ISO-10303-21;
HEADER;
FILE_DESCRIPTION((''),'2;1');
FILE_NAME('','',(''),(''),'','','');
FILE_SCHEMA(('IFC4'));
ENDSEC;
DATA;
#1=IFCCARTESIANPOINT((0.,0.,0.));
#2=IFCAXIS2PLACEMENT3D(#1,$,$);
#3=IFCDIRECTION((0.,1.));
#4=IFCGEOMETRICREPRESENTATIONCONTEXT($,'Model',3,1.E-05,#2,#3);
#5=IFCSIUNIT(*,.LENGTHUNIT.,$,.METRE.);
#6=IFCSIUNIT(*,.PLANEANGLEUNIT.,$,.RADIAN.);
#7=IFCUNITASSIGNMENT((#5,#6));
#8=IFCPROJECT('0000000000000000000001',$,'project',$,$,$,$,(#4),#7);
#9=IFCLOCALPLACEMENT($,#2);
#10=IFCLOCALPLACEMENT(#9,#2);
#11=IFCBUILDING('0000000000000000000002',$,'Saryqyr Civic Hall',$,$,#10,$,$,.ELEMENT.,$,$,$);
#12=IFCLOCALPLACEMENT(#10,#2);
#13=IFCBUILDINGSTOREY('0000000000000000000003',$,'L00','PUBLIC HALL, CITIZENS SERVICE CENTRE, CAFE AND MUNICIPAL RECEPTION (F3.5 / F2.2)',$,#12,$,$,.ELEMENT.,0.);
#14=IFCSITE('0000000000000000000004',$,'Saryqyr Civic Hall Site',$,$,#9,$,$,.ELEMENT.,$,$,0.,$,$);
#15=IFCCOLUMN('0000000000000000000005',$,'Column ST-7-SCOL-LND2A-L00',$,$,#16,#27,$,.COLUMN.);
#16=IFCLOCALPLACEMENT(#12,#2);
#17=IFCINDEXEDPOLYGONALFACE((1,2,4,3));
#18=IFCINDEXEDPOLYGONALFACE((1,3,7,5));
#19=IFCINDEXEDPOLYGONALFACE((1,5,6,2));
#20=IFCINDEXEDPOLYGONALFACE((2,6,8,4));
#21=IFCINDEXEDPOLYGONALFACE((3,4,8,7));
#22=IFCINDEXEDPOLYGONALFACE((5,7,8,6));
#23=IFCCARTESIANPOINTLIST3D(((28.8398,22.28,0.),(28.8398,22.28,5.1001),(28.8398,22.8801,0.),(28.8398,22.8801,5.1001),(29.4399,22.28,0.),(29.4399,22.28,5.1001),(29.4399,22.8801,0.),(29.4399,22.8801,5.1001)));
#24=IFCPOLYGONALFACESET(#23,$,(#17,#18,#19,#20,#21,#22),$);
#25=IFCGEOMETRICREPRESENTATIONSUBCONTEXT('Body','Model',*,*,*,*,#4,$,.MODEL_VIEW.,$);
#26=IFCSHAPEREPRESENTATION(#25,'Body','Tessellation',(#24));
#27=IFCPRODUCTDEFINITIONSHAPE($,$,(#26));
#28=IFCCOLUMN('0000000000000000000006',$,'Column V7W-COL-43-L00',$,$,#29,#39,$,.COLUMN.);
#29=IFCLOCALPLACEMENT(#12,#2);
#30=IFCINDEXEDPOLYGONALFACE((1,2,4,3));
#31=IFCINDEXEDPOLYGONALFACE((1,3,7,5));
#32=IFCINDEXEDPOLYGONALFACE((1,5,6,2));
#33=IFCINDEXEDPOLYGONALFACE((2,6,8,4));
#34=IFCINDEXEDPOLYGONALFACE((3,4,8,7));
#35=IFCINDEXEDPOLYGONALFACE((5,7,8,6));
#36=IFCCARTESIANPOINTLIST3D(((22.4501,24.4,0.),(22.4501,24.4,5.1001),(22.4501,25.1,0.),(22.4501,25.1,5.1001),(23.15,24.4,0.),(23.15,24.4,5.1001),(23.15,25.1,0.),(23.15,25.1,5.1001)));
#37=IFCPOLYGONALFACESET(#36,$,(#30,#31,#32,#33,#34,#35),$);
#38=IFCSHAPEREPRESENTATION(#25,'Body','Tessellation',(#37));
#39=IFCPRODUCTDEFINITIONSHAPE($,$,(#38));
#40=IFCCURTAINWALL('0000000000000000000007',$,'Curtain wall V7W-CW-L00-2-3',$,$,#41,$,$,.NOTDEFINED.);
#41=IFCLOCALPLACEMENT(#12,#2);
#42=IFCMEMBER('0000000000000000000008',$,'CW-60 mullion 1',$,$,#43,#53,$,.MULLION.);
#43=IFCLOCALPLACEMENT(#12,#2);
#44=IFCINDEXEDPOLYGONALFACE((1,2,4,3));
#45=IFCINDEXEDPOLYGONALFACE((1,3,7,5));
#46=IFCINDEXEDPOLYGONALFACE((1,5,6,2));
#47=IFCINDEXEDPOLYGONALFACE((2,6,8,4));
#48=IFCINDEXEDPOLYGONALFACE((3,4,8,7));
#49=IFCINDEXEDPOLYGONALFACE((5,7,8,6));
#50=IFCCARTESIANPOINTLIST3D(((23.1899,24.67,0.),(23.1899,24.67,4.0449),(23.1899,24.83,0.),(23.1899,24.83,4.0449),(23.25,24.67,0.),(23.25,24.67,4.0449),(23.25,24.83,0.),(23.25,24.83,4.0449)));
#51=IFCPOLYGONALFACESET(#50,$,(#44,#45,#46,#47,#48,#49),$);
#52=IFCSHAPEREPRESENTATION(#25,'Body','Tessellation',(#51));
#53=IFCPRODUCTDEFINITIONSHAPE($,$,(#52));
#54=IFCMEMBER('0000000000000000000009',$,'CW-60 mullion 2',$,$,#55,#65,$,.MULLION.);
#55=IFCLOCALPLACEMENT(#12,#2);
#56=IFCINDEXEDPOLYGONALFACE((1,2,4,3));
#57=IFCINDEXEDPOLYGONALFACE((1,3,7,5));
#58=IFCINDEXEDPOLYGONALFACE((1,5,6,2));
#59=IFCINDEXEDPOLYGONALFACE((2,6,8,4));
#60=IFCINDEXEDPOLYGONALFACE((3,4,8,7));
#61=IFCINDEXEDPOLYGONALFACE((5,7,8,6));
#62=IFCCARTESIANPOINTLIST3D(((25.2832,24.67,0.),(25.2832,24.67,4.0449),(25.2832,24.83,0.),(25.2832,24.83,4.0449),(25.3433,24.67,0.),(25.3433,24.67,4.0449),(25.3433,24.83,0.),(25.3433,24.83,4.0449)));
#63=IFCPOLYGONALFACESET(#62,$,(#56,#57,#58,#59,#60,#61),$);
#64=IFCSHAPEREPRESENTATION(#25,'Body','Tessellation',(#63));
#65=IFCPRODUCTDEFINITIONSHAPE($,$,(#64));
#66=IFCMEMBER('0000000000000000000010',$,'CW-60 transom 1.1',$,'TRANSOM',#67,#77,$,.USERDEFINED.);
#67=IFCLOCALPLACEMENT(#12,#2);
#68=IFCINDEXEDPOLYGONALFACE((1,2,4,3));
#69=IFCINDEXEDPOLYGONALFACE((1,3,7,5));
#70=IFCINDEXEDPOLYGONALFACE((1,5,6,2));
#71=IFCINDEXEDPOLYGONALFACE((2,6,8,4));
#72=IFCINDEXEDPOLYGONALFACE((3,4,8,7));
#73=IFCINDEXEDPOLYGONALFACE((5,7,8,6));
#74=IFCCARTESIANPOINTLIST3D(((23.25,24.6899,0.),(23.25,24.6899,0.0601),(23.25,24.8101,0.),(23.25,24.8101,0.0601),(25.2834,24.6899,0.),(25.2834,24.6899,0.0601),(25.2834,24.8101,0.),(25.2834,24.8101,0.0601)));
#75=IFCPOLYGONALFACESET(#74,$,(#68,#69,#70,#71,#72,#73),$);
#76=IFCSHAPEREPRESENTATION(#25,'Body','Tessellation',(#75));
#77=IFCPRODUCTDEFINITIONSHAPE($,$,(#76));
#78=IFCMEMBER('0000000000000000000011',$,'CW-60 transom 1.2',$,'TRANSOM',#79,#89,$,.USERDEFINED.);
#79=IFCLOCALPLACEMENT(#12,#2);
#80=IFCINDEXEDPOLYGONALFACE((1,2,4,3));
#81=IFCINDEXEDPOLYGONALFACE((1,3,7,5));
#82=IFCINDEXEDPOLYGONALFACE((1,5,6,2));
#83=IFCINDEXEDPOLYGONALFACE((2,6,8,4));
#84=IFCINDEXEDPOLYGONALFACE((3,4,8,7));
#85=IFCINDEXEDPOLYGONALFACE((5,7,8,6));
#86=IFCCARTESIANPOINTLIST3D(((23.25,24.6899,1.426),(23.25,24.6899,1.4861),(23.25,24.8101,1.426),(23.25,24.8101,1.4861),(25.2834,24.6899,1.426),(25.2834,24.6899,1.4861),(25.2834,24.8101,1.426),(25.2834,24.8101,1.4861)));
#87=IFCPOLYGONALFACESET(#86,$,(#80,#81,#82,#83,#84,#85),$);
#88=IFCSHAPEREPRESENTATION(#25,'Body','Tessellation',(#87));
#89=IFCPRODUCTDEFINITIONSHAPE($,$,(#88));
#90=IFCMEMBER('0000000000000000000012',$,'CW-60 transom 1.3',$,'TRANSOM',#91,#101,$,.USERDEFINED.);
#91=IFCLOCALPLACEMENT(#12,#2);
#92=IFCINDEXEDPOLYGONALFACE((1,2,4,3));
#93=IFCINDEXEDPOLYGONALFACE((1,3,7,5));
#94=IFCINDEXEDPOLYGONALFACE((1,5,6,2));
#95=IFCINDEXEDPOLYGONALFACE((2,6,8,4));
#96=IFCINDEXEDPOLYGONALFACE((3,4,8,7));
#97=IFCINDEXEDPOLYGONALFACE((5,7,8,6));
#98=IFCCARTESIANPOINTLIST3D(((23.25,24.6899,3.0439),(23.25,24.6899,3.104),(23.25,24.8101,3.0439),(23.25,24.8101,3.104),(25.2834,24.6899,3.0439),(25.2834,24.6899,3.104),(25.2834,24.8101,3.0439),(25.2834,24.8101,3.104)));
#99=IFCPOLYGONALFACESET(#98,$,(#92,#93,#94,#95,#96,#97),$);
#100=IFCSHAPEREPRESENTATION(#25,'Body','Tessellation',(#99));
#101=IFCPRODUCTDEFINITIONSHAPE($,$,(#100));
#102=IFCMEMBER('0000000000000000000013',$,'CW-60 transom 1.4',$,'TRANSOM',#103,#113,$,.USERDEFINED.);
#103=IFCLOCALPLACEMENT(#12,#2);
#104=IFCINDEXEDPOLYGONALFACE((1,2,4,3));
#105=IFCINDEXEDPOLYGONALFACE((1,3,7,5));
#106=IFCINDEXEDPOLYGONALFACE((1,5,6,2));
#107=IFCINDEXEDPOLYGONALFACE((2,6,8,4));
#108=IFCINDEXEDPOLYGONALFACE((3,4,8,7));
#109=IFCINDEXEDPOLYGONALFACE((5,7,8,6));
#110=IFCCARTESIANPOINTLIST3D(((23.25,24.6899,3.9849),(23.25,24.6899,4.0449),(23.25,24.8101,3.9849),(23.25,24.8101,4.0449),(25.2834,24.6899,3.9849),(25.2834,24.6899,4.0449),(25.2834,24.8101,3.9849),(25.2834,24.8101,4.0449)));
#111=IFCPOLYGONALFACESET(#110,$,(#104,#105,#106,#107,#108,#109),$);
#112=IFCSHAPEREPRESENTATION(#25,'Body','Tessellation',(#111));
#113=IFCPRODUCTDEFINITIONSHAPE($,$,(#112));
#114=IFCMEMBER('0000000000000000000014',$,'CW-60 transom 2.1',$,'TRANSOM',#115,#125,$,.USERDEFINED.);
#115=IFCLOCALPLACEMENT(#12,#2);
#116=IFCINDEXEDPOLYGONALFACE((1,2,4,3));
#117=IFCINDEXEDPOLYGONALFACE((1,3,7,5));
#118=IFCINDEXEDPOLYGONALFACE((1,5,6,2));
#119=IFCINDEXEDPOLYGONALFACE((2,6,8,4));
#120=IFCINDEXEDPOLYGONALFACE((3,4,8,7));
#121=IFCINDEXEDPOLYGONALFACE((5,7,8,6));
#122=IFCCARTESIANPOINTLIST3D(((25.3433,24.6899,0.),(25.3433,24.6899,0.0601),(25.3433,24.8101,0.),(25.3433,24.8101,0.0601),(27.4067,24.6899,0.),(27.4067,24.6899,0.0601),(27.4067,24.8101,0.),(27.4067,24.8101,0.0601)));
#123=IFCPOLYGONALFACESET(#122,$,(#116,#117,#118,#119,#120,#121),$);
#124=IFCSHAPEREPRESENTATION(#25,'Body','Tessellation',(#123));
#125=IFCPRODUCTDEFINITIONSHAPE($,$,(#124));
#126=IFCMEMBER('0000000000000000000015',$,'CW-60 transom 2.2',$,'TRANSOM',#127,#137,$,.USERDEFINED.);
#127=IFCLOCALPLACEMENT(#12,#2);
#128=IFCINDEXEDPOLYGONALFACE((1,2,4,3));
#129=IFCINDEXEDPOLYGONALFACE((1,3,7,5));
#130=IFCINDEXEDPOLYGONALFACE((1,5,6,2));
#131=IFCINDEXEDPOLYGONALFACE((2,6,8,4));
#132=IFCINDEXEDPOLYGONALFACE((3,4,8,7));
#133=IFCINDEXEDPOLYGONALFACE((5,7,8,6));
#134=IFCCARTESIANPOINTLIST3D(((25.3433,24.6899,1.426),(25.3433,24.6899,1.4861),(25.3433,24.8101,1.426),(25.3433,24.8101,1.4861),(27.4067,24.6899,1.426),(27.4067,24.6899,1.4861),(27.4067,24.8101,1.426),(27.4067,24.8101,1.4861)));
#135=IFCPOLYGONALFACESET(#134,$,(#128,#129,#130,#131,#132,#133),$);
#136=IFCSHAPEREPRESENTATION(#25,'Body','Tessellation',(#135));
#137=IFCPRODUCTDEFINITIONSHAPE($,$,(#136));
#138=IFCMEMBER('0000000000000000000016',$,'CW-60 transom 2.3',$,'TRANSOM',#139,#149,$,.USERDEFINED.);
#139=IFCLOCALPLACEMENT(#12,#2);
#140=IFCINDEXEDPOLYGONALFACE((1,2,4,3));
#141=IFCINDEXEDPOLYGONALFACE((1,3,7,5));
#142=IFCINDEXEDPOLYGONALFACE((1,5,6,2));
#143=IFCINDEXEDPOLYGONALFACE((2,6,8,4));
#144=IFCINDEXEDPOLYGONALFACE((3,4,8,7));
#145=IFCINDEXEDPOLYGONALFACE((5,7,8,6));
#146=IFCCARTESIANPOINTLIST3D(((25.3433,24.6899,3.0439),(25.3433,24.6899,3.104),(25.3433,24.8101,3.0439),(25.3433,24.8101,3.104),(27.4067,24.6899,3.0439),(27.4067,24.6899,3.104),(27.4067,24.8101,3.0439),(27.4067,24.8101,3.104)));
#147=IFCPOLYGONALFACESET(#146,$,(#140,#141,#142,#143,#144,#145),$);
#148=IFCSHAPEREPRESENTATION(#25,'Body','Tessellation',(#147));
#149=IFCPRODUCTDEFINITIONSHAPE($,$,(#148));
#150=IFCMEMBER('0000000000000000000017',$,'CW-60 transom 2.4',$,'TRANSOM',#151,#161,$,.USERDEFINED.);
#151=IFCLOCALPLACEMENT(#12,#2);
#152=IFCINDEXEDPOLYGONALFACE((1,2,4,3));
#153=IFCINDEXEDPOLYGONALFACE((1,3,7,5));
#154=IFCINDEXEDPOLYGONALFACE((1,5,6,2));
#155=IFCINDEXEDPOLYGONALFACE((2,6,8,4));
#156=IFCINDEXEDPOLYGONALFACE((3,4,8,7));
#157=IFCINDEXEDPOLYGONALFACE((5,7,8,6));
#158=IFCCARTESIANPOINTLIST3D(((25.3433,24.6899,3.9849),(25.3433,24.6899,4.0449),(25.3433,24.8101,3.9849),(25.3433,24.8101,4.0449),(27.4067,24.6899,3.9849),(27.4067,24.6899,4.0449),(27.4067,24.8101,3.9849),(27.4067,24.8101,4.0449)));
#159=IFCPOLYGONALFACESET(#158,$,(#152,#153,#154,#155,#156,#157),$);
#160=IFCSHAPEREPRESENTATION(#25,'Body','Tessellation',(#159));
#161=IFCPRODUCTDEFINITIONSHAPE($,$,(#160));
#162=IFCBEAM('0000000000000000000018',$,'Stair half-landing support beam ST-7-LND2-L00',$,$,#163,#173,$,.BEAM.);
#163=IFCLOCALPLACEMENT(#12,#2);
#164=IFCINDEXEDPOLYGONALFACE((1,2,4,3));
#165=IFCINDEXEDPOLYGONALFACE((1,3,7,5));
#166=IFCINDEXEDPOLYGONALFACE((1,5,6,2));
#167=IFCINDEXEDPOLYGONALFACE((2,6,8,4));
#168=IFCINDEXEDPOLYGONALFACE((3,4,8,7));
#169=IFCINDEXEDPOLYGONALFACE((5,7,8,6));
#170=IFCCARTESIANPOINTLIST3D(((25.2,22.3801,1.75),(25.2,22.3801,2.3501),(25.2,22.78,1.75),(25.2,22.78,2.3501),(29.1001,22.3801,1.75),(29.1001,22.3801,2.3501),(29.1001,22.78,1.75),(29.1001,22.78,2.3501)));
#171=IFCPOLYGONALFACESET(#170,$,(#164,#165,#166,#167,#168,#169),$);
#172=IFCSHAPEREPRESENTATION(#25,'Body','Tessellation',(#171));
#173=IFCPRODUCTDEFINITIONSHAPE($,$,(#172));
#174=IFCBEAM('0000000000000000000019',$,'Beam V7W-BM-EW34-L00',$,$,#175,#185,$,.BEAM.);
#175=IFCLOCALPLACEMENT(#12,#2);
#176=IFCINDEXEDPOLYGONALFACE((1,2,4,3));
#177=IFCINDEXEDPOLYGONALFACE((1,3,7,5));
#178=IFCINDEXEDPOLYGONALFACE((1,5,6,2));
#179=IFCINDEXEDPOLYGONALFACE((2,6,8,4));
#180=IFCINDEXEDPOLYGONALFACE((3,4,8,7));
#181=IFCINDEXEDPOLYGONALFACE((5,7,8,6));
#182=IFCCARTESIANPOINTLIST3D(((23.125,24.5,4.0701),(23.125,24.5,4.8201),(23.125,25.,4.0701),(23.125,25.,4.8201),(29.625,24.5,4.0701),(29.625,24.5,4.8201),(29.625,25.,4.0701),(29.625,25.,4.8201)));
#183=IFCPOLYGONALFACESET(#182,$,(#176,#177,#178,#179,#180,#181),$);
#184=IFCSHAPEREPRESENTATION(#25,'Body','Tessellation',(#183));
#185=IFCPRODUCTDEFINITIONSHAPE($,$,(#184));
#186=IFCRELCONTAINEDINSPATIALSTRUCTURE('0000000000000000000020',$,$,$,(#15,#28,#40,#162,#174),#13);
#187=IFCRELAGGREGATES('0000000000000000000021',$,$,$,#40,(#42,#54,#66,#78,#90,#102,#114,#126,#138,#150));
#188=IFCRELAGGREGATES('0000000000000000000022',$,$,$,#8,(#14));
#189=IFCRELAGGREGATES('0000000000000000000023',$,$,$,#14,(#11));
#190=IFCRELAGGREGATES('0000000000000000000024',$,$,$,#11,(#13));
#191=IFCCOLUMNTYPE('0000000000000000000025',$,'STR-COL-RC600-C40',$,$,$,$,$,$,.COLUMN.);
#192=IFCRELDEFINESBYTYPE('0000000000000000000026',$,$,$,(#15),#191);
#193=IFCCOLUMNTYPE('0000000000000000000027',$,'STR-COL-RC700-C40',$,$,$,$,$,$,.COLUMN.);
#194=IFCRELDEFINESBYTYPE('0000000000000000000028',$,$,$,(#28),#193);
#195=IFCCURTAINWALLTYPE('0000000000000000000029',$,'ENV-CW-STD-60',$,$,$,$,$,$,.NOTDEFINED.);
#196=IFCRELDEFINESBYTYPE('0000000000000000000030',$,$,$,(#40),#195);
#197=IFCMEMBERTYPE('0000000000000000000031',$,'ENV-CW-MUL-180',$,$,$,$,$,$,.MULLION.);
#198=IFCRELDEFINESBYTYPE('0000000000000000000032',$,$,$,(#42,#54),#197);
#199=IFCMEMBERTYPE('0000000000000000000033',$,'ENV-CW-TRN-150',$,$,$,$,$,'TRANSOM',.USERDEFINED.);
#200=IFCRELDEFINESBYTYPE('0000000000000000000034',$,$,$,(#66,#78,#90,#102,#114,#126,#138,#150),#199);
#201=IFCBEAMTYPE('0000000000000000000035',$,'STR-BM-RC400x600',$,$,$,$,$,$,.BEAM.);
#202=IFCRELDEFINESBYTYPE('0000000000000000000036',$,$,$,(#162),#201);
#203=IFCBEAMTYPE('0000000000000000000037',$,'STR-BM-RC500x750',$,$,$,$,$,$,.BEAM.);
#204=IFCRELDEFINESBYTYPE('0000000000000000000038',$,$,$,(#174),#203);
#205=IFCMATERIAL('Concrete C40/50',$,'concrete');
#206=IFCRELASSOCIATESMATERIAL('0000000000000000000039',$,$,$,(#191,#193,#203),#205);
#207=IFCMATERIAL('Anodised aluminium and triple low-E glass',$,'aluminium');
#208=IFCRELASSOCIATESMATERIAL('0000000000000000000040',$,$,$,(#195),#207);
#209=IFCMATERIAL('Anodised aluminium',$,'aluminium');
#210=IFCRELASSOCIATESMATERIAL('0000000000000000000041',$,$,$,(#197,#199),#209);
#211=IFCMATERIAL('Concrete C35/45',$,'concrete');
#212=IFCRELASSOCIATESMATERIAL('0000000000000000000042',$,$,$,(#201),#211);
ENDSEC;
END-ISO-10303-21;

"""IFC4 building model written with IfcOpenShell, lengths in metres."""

from ifc_helpers import new_model, si_unit, direction, frame, origin, origin_2d, place, context, subcontext, project, spatial, rectangle, extrude, material, material_profile, profile_set, type_object, element, aggregate, save


model = new_model("IFC4")

# Units and contexts
model_context = context("Model", 3, precision=1e-05, world=origin(), true_north=direction((0.0, 1.0)))
body_context = subcontext(model_context, "Body", "Model", "MODEL_VIEW")
ifc_project = project(units=[si_unit("LENGTHUNIT", "METRE"), si_unit("PLANEANGLEUNIT", "RADIAN")], contexts=[model_context])

# Site, building, storey
site_placement = place(None, origin())
site = spatial("IfcSite", under=ifc_project, at=site_placement, Name="Saryqyr Civic Hall Site", CompositionType="ELEMENT", RefElevation=0.0)
building_placement = place(site_placement, origin())
building = spatial("IfcBuilding", under=site, at=building_placement, Name="Saryqyr Civic Hall", CompositionType="ELEMENT")
storey_placement = place(building_placement, origin())
storey = spatial("IfcBuildingStorey", under=building, at=storey_placement, Name="L00", Description="PUBLIC HALL, CITIZENS SERVICE CENTRE, CAFE AND MUNICIPAL RECEPTION (F3.5 / F2.2)", CompositionType="ELEMENT", Elevation=0.0)

# Columns
ifc_material_1 = material(Name="Concrete C40/50", Category="concrete")
ifc_material_profile_1 = material_profile(ifc_material_1, rectangle(XDim=0.6001, YDim=0.6001, at=origin_2d()), Name="RC 600x600")
ifc_profile_set_1 = profile_set([ifc_material_profile_1], Name="Concrete C40/50")
column_type_1 = type_object("IfcColumnType", Name="STR-COL-RC600-C40", PredefinedType="COLUMN", material=ifc_profile_set_1)
column_1_placement = place(storey_placement, frame((29.1399, 22.5801, 0.0), z_axis=(0.0, 0.0, 1.0), x_axis=(1.0, 0.0, 0.0)))
element("IfcColumn", 1, at=column_1_placement, inside=storey, type_object=column_type_1, Name="Column ST-7-SCOL-LND2A-L00", PredefinedType="COLUMN", context=body_context, shape_type="SweptSolid", body=[
    extrude(rectangle(XDim=0.6001, YDim=0.6001, at=origin_2d()), origin(), (0.0, 0.0, 1.0), 5.1001),
])
ifc_material_profile_2 = material_profile(ifc_material_1, rectangle(XDim=0.7, YDim=0.7, at=origin_2d()), Name="RC 700x700")
ifc_profile_set_2 = profile_set([ifc_material_profile_2], Name="Concrete C40/50")
column_type_2 = type_object("IfcColumnType", Name="STR-COL-RC700-C40", PredefinedType="COLUMN", material=ifc_profile_set_2)
column_2_placement = place(storey_placement, frame((22.8, 24.75, 0.0), z_axis=(0.0, 0.0, 1.0), x_axis=(1.0, 0.0, 0.0)))
element("IfcColumn", 2, at=column_2_placement, inside=storey, type_object=column_type_2, Name="Column V7W-COL-43-L00", PredefinedType="COLUMN", context=body_context, shape_type="SweptSolid", body=[
    extrude(rectangle(XDim=0.7, YDim=0.7, at=origin_2d()), origin(), (0.0, 0.0, 1.0), 5.1001),
])

# Curtain wall, members
ifc_material_2 = material(Name="Anodised aluminium and triple low-E glass", Category="aluminium")
curtain_wall_type = type_object("IfcCurtainWallType", Name="ENV-CW-STD-60", PredefinedType="NOTDEFINED", material=ifc_material_2)
curtain_wall_placement = place(storey_placement, origin())
curtain_wall = element("IfcCurtainWall", 3, at=curtain_wall_placement, inside=storey, type_object=curtain_wall_type, Name="Curtain wall V7W-CW-L00-2-3", PredefinedType="NOTDEFINED")
ifc_material_3 = material(Name="Anodised aluminium", Category="aluminium")
ifc_material_profile_3 = material_profile(ifc_material_3, rectangle(XDim=0.0601, YDim=0.1599, at=origin_2d()), Name="ALU MULLION 60x160")
ifc_profile_set_3 = profile_set([ifc_material_profile_3], Name="Anodised aluminium")
member_type_1 = type_object("IfcMemberType", Name="ENV-CW-MUL-180", PredefinedType="MULLION", material=ifc_profile_set_3)
member_1_placement = place(storey_placement, frame((23.22, 24.75, 0.0), z_axis=(0.0, 0.0, 1.0), x_axis=(1.0, 0.0, 0.0)))
member_1 = element("IfcMember", 4, at=member_1_placement, type_object=member_type_1, Name="CW-60 mullion 1", PredefinedType="MULLION", context=body_context, shape_type="SweptSolid", body=[
    extrude(rectangle(XDim=0.0601, YDim=0.1599, at=origin_2d()), origin(), (0.0, 0.0, 1.0), 4.0449),
])
member_2_placement = place(storey_placement, frame((25.3132, 24.75, 0.0), z_axis=(0.0, 0.0, 1.0), x_axis=(1.0, 0.0, 0.0)))
member_2 = element("IfcMember", 5, at=member_2_placement, type_object=member_type_1, Name="CW-60 mullion 2", PredefinedType="MULLION", context=body_context, shape_type="SweptSolid", body=[
    extrude(rectangle(XDim=0.0601, YDim=0.1599, at=origin_2d()), origin(), (0.0, 0.0, 1.0), 4.0449),
])
ifc_material_profile_4 = material_profile(ifc_material_3, rectangle(XDim=0.1201, YDim=0.0601, at=origin_2d()), Name="ALU TRANSOM 120x60")
ifc_profile_set_4 = profile_set([ifc_material_profile_4], Name="Anodised aluminium")
member_type_2 = type_object("IfcMemberType", Name="ENV-CW-TRN-150", ElementType="TRANSOM", PredefinedType="USERDEFINED", material=ifc_profile_set_4)
member_3_placement = place(storey_placement, frame((23.25, 24.75, 0.03), z_axis=(1.0, 0.0, 0.0), x_axis=(0.0, 1.0, 0.0)))
member_3 = element("IfcMember", 6, at=member_3_placement, type_object=member_type_2, Name="CW-60 transom 1.1", ObjectType="TRANSOM", PredefinedType="USERDEFINED", context=body_context, shape_type="SweptSolid", body=[
    extrude(rectangle(XDim=0.1201, YDim=0.0601, at=origin_2d()), origin(), (0.0, 0.0, 1.0), 2.0334),
])
member_4_placement = place(storey_placement, frame((23.25, 24.75, 1.4561), z_axis=(1.0, 0.0, 0.0), x_axis=(0.0, 1.0, 0.0)))
member_4 = element("IfcMember", 7, at=member_4_placement, type_object=member_type_2, Name="CW-60 transom 1.2", ObjectType="TRANSOM", PredefinedType="USERDEFINED", context=body_context, shape_type="SweptSolid", body=[
    extrude(rectangle(XDim=0.1201, YDim=0.0601, at=origin_2d()), origin(), (0.0, 0.0, 1.0), 2.0334),
])
member_5_placement = place(storey_placement, frame((23.25, 24.75, 3.074), z_axis=(1.0, 0.0, 0.0), x_axis=(0.0, 1.0, 0.0)))
member_5 = element("IfcMember", 8, at=member_5_placement, type_object=member_type_2, Name="CW-60 transom 1.3", ObjectType="TRANSOM", PredefinedType="USERDEFINED", context=body_context, shape_type="SweptSolid", body=[
    extrude(rectangle(XDim=0.1201, YDim=0.0601, at=origin_2d()), origin(), (0.0, 0.0, 1.0), 2.0334),
])
member_6_placement = place(storey_placement, frame((23.25, 24.75, 4.0149), z_axis=(1.0, 0.0, 0.0), x_axis=(0.0, 1.0, 0.0)))
member_6 = element("IfcMember", 9, at=member_6_placement, type_object=member_type_2, Name="CW-60 transom 1.4", ObjectType="TRANSOM", PredefinedType="USERDEFINED", context=body_context, shape_type="SweptSolid", body=[
    extrude(rectangle(XDim=0.1201, YDim=0.0601, at=origin_2d()), origin(), (0.0, 0.0, 1.0), 2.0334),
])
member_7_placement = place(storey_placement, frame((25.3433, 24.75, 0.03), z_axis=(1.0, 0.0, 0.0), x_axis=(0.0, 1.0, 0.0)))
member_7 = element("IfcMember", 10, at=member_7_placement, type_object=member_type_2, Name="CW-60 transom 2.1", ObjectType="TRANSOM", PredefinedType="USERDEFINED", context=body_context, shape_type="SweptSolid", body=[
    extrude(rectangle(XDim=0.1201, YDim=0.0601, at=origin_2d()), origin(), (0.0, 0.0, 1.0), 2.0635),
])
member_8_placement = place(storey_placement, frame((25.3433, 24.75, 1.4561), z_axis=(1.0, 0.0, 0.0), x_axis=(0.0, 1.0, 0.0)))
member_8 = element("IfcMember", 11, at=member_8_placement, type_object=member_type_2, Name="CW-60 transom 2.2", ObjectType="TRANSOM", PredefinedType="USERDEFINED", context=body_context, shape_type="SweptSolid", body=[
    extrude(rectangle(XDim=0.1201, YDim=0.0601, at=origin_2d()), origin(), (0.0, 0.0, 1.0), 2.0635),
])
member_9_placement = place(storey_placement, frame((25.3433, 24.75, 3.074), z_axis=(1.0, 0.0, 0.0), x_axis=(0.0, 1.0, 0.0)))
member_9 = element("IfcMember", 12, at=member_9_placement, type_object=member_type_2, Name="CW-60 transom 2.3", ObjectType="TRANSOM", PredefinedType="USERDEFINED", context=body_context, shape_type="SweptSolid", body=[
    extrude(rectangle(XDim=0.1201, YDim=0.0601, at=origin_2d()), origin(), (0.0, 0.0, 1.0), 2.0635),
])
member_10_placement = place(storey_placement, frame((25.3433, 24.75, 4.0149), z_axis=(1.0, 0.0, 0.0), x_axis=(0.0, 1.0, 0.0)))
member_10 = element("IfcMember", 13, at=member_10_placement, type_object=member_type_2, Name="CW-60 transom 2.4", ObjectType="TRANSOM", PredefinedType="USERDEFINED", context=body_context, shape_type="SweptSolid", body=[
    extrude(rectangle(XDim=0.1201, YDim=0.0601, at=origin_2d()), origin(), (0.0, 0.0, 1.0), 2.0635),
])

# Beams
ifc_material_4 = material(Name="Concrete C35/45", Category="concrete")
ifc_material_profile_5 = material_profile(ifc_material_4, rectangle(XDim=0.3999, YDim=0.6001, at=origin_2d()), Name="RC 400x600")
ifc_profile_set_5 = profile_set([ifc_material_profile_5], Name="Concrete C35/45")
beam_type_1 = type_object("IfcBeamType", Name="STR-BM-RC400x600", PredefinedType="BEAM", material=ifc_profile_set_5)
beam_1_placement = place(storey_placement, frame((29.1001, 22.5801, 2.05), z_axis=(-1.0, 0.0, 0.0), x_axis=(0.0, -1.0, 0.0)))
element("IfcBeam", 14, at=beam_1_placement, inside=storey, type_object=beam_type_1, Name="Stair half-landing support beam ST-7-LND2-L00", PredefinedType="BEAM", context=body_context, shape_type="SweptSolid", body=[
    extrude(rectangle(XDim=0.3999, YDim=0.6001, at=origin_2d()), origin(), (0.0, 0.0, 1.0), 3.9001),
])
ifc_material_profile_6 = material_profile(ifc_material_1, rectangle(XDim=0.5, YDim=0.75, at=origin_2d()), Name="RC 500x750")
ifc_profile_set_6 = profile_set([ifc_material_profile_6], Name="Concrete C40/50")
beam_type_2 = type_object("IfcBeamType", Name="STR-BM-RC500x750", PredefinedType="BEAM", material=ifc_profile_set_6)
beam_2_placement = place(storey_placement, frame((23.125, 24.75, 4.4451), z_axis=(1.0, 0.0, 0.0), x_axis=(0.0, 1.0, 0.0)))
element("IfcBeam", 15, at=beam_2_placement, inside=storey, type_object=beam_type_2, Name="Beam V7W-BM-EW34-L00", PredefinedType="BEAM", context=body_context, shape_type="SweptSolid", body=[
    extrude(rectangle(XDim=0.5, YDim=0.75, at=origin_2d()), origin(), (0.0, 0.0, 1.0), 6.5),
])

aggregate(curtain_wall, [member_1, member_2, member_3, member_4, member_5, member_6, member_7, member_8, member_9, member_10])

save(model, "model.ifc")
